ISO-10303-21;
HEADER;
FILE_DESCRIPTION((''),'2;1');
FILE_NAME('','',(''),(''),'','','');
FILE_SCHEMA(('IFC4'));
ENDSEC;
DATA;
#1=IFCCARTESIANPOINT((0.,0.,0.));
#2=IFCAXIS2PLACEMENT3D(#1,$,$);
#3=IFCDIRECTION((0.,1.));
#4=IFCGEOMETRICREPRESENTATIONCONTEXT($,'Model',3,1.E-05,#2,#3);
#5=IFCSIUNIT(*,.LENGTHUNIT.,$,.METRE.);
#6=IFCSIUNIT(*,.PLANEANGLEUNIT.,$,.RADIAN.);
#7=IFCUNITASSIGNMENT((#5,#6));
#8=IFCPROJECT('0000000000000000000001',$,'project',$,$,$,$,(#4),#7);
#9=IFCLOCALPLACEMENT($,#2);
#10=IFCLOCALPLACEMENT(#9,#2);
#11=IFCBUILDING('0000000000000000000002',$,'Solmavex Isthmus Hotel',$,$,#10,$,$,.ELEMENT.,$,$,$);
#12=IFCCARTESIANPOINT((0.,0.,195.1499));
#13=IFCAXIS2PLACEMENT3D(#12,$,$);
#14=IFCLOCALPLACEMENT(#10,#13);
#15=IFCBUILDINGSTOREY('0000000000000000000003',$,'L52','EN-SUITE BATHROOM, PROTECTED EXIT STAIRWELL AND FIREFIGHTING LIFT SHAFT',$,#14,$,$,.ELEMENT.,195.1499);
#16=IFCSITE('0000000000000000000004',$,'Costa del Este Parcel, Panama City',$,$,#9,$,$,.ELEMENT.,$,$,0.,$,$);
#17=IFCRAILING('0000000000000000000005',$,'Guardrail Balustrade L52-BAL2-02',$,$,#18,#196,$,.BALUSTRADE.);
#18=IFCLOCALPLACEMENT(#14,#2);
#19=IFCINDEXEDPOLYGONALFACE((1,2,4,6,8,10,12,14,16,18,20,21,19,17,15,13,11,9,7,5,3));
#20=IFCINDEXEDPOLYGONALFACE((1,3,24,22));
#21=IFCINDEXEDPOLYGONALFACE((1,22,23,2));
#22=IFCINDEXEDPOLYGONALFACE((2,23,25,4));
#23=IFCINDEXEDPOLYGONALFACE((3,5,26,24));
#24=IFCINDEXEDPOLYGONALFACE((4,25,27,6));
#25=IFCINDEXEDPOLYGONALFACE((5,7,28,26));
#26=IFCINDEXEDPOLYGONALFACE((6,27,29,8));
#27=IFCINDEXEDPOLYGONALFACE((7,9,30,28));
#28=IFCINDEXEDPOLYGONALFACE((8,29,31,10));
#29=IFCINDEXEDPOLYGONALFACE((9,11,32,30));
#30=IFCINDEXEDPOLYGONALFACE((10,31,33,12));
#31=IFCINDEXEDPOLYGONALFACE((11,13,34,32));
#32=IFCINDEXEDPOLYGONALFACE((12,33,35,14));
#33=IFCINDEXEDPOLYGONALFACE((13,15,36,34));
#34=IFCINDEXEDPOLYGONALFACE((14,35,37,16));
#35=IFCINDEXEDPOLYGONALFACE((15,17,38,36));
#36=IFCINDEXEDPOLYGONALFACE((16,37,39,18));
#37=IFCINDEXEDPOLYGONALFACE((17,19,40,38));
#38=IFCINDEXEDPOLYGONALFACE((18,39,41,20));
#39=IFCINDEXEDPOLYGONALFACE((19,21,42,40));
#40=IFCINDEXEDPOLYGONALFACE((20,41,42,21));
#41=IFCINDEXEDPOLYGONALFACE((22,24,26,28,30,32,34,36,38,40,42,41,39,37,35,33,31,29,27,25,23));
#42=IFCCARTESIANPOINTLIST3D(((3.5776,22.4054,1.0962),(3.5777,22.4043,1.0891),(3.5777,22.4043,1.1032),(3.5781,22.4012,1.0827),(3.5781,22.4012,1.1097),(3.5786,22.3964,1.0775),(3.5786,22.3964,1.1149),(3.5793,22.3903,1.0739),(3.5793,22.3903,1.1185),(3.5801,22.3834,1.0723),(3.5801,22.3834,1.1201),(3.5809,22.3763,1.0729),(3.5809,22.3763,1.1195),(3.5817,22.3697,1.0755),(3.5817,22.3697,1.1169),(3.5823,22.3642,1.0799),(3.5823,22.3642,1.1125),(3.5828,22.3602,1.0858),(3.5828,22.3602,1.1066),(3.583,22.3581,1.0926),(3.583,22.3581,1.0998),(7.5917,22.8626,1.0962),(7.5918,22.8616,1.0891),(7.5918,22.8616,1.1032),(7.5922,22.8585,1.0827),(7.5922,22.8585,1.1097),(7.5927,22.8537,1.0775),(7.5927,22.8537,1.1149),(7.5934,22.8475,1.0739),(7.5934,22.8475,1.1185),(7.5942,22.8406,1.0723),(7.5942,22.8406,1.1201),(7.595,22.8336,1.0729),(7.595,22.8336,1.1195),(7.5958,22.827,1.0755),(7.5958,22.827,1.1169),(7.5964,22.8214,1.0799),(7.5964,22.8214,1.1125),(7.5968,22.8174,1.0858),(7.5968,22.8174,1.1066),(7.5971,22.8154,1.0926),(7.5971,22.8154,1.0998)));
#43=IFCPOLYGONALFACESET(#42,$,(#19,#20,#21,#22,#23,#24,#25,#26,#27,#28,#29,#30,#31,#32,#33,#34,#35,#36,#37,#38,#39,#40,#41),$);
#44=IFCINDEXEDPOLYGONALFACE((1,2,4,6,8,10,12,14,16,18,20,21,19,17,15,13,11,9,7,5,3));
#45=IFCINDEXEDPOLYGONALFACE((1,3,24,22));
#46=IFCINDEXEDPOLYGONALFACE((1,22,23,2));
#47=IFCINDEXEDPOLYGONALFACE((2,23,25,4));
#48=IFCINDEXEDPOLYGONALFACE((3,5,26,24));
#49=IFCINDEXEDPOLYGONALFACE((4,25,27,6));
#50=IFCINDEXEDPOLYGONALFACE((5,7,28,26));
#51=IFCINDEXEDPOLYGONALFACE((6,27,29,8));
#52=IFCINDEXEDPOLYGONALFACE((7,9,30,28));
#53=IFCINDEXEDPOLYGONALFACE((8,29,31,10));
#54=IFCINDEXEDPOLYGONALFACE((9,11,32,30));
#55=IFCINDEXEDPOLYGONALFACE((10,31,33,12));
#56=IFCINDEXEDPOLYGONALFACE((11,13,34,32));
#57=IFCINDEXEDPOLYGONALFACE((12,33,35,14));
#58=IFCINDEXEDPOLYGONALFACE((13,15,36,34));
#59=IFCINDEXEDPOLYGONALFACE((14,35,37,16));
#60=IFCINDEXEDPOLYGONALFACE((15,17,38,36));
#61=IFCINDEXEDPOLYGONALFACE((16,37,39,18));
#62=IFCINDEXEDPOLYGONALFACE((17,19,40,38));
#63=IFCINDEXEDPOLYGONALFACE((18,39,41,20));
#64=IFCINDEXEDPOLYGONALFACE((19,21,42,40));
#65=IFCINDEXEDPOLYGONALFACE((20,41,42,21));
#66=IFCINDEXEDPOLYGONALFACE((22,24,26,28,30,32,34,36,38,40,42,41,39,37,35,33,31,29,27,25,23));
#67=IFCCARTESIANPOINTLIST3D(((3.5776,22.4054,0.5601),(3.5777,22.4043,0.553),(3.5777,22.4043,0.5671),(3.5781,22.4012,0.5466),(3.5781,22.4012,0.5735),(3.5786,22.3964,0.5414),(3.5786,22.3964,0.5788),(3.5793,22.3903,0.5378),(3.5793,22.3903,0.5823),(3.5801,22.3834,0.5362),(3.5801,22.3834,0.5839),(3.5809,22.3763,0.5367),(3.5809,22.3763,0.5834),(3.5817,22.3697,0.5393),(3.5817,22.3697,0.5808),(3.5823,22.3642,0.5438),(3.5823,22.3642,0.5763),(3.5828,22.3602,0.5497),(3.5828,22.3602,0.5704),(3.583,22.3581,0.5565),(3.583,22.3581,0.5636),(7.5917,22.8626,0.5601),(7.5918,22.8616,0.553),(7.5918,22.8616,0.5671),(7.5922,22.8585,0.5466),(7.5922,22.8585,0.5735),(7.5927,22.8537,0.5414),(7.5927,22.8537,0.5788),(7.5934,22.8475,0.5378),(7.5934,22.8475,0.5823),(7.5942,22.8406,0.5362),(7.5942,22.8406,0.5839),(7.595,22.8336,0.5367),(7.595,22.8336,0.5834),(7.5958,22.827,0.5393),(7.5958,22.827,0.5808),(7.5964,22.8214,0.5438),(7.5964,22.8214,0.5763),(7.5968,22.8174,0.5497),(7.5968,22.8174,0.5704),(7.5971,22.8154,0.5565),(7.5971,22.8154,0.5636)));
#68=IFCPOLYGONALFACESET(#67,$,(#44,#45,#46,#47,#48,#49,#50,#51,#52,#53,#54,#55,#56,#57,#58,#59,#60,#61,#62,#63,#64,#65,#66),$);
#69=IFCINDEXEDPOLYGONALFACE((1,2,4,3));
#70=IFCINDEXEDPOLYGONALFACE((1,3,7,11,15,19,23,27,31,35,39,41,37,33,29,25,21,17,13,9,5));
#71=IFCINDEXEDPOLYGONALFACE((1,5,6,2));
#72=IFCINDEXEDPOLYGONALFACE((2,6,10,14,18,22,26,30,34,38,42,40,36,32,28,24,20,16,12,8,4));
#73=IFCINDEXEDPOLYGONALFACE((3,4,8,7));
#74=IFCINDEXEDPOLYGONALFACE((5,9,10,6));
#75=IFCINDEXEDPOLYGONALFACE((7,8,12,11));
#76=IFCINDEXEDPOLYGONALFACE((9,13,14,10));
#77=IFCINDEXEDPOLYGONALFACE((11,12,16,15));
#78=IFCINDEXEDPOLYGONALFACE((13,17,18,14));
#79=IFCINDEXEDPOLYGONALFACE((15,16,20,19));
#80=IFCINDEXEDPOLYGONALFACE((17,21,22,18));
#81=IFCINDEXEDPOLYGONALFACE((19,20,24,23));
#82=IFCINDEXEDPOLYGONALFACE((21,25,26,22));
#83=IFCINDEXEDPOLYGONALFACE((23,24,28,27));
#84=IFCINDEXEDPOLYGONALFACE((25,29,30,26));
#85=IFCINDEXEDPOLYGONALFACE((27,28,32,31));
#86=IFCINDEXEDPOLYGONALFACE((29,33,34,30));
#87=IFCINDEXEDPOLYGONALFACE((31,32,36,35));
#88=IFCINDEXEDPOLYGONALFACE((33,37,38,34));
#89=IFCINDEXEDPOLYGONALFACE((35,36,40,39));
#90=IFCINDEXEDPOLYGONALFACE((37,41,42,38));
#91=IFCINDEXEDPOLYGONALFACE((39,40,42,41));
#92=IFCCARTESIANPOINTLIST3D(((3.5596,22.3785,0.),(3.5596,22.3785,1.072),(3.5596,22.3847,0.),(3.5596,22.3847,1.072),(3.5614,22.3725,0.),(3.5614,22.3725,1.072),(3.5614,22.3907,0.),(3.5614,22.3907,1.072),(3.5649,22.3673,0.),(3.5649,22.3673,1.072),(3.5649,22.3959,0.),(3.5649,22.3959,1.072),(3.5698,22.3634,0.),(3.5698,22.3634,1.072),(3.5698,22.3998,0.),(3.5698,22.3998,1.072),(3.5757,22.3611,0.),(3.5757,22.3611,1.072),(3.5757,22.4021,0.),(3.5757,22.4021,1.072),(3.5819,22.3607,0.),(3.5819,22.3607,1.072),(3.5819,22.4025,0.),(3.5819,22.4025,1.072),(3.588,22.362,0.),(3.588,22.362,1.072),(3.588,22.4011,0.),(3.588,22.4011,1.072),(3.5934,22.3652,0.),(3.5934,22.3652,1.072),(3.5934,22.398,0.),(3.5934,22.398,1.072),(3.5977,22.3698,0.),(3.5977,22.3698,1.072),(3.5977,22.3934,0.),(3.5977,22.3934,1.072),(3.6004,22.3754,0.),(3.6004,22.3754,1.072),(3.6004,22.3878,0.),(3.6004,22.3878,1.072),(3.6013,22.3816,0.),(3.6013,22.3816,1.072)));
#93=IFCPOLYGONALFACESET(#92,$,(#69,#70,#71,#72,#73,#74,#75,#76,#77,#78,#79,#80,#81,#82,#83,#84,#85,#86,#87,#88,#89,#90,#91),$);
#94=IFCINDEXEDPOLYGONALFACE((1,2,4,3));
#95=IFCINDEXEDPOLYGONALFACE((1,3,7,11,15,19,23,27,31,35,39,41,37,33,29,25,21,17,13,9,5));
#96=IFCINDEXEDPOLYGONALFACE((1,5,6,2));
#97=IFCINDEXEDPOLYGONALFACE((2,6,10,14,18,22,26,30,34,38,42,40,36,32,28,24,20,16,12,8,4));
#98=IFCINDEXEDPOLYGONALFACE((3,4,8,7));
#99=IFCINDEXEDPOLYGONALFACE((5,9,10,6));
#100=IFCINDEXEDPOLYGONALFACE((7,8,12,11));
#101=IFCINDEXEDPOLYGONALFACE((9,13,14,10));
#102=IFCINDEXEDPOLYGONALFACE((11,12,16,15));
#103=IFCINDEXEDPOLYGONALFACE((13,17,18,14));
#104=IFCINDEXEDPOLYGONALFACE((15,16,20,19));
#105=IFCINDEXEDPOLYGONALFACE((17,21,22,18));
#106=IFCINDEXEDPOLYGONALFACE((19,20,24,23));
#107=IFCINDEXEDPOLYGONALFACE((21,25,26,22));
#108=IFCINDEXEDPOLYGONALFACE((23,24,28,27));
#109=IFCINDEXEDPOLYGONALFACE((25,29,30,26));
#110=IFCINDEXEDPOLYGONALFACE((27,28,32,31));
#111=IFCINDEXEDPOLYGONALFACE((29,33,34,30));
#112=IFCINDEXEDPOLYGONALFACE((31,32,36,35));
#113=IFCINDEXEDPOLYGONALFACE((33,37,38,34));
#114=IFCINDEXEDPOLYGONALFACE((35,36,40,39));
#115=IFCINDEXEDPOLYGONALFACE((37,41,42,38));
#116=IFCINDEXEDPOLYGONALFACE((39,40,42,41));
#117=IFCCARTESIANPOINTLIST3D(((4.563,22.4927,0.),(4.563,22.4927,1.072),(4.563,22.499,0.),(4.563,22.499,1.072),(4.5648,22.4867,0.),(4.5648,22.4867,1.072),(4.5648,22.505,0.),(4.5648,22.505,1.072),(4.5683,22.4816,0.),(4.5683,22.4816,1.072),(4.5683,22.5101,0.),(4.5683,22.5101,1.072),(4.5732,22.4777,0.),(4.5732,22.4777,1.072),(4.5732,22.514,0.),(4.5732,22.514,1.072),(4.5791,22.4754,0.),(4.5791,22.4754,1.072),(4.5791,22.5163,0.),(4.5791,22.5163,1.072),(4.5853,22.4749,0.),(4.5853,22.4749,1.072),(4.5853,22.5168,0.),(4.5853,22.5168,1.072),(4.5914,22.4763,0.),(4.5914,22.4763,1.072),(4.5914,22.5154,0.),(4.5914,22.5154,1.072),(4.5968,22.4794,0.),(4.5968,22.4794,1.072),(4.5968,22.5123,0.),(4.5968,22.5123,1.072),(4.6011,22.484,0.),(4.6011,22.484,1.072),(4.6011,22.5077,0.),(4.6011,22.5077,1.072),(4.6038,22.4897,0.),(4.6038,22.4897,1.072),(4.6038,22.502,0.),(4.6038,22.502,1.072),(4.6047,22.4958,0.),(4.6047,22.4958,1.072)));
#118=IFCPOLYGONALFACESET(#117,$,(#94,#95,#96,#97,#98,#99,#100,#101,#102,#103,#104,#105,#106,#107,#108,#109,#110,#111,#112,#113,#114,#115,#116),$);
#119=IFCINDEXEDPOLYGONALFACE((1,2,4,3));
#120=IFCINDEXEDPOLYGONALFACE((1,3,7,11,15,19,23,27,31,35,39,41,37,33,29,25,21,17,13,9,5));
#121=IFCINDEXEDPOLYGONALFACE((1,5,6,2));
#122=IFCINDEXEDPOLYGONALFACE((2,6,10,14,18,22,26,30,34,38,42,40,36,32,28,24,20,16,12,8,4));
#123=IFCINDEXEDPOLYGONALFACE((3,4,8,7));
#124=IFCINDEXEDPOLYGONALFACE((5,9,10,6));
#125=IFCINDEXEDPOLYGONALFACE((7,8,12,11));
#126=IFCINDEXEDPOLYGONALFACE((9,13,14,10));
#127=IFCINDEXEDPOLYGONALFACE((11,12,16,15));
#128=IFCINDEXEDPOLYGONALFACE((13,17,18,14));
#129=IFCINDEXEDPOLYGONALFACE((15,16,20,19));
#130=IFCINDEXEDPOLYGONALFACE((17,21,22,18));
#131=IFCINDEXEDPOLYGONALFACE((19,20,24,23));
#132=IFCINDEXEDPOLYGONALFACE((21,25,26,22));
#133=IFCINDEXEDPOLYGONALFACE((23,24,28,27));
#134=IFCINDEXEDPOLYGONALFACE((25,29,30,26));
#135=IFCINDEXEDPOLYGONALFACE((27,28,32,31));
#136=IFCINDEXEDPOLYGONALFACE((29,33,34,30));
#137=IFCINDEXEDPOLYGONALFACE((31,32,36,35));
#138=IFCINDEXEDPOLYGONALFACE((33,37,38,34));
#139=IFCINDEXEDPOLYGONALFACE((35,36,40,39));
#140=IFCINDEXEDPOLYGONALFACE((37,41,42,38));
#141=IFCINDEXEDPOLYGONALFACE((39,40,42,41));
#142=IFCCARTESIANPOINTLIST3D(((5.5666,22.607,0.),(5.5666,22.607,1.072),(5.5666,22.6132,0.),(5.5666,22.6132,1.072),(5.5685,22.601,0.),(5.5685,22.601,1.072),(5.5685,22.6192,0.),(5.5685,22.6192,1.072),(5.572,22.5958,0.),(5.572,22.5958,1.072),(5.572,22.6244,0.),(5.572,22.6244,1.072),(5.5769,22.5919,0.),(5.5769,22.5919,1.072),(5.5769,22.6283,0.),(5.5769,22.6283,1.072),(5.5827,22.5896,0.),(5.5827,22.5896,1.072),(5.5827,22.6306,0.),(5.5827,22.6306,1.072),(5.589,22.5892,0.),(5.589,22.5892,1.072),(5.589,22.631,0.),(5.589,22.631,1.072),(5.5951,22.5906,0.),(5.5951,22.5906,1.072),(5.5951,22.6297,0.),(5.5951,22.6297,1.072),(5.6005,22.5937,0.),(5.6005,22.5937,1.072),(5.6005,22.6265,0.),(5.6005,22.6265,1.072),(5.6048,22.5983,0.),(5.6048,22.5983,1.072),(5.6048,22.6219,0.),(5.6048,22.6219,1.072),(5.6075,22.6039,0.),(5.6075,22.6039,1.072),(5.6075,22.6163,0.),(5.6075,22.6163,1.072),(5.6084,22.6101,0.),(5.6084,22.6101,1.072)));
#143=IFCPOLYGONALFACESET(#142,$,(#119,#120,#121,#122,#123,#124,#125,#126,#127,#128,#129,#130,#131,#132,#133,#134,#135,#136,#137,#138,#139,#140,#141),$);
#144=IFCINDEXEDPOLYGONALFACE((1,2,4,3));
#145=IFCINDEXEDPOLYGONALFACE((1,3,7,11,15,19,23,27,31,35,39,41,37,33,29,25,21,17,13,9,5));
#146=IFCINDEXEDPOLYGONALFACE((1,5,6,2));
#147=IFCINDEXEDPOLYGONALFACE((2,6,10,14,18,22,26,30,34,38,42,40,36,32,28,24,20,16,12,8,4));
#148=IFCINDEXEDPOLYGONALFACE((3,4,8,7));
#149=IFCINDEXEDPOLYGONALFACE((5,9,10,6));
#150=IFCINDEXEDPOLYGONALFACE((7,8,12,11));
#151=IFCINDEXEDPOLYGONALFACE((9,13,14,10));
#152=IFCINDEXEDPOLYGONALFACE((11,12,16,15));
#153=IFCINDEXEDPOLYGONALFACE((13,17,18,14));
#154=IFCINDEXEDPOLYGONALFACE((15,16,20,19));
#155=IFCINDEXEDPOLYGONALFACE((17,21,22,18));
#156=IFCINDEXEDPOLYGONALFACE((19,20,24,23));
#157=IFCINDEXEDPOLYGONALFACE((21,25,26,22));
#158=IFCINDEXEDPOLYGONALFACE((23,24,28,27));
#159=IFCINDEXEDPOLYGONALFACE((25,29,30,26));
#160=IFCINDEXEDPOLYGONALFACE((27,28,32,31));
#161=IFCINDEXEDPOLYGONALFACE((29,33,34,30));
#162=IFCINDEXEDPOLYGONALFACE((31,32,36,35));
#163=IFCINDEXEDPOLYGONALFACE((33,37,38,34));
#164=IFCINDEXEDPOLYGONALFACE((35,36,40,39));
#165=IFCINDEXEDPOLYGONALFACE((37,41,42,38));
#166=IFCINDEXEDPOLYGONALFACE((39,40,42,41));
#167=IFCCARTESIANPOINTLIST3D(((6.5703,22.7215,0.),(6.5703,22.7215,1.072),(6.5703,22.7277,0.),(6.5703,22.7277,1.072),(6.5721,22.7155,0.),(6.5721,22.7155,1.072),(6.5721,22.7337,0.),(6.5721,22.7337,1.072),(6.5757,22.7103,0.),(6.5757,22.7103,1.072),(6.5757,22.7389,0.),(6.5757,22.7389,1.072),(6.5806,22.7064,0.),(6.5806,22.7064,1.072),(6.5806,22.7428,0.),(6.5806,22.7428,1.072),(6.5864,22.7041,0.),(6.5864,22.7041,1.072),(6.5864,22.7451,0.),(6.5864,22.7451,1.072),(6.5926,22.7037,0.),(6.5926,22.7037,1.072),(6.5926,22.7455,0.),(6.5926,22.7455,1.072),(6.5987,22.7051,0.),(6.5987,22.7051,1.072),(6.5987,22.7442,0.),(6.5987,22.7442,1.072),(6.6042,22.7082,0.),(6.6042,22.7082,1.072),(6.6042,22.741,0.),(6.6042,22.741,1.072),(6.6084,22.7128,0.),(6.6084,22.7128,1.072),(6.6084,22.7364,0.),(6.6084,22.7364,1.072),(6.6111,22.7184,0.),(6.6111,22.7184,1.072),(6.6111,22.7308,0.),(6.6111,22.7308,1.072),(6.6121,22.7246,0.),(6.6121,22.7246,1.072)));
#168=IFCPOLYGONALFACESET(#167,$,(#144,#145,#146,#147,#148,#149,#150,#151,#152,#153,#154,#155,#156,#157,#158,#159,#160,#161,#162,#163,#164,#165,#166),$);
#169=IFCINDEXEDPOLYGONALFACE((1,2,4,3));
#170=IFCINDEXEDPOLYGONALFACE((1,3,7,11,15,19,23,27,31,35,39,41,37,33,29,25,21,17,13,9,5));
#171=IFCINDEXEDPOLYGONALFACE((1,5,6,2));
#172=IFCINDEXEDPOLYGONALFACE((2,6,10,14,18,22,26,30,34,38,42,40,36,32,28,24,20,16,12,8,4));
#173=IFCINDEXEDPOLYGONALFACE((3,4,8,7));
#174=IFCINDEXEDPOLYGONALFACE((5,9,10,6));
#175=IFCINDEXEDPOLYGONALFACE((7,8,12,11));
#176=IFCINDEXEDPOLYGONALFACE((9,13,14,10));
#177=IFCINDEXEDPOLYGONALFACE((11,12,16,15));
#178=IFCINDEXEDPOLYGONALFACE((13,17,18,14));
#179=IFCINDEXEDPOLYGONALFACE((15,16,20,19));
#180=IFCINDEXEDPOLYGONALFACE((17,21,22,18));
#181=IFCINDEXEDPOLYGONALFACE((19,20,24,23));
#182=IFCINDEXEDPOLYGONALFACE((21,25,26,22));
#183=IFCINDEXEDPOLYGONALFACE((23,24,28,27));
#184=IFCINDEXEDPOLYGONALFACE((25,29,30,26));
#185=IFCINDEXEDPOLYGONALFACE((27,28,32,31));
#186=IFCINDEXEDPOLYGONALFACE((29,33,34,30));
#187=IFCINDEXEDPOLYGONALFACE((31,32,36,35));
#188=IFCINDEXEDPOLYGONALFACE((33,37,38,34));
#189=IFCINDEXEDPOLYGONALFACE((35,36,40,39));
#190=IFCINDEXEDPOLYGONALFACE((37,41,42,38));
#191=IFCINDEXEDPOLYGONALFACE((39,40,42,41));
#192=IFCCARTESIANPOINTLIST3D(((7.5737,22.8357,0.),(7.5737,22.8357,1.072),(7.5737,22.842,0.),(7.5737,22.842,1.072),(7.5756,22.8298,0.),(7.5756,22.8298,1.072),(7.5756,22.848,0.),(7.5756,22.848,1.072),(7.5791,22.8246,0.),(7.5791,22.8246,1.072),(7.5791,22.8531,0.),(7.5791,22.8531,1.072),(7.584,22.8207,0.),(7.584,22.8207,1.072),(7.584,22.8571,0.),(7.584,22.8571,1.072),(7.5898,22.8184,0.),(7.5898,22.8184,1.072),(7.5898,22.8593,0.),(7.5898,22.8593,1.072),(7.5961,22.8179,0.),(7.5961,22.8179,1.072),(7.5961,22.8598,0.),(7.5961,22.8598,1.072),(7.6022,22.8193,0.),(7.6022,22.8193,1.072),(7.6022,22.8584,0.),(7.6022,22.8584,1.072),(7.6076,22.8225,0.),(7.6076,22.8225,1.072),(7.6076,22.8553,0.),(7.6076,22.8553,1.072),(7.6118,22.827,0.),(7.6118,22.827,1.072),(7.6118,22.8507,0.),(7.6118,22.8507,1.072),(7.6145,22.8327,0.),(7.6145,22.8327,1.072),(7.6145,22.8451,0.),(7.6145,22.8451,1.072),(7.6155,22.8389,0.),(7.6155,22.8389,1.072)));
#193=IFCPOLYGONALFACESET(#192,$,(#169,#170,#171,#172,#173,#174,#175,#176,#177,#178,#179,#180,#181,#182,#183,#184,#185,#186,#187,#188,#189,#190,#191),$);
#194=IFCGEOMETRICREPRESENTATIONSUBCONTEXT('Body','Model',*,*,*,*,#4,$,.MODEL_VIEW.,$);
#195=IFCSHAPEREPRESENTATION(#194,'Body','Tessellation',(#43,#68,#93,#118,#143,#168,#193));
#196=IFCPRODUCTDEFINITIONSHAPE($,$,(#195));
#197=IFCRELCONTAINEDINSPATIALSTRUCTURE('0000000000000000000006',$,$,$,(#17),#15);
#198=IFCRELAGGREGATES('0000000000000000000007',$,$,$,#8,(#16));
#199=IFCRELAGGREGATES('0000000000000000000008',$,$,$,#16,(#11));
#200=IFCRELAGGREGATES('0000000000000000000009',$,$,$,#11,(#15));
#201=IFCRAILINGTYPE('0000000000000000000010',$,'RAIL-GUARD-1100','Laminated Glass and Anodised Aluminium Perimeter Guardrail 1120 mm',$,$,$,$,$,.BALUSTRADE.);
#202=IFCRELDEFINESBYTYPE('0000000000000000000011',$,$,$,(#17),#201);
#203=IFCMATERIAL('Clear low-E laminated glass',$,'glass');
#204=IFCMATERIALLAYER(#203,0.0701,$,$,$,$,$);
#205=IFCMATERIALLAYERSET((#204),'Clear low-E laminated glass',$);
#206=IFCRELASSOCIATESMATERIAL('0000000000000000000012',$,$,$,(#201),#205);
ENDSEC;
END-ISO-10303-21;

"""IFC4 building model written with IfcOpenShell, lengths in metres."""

from ifc_helpers import new_model, si_unit, direction, frame, origin, origin_2d, place, context, subcontext, project, spatial, circle, extrude, material, layer, layer_set, type_object, element, save


model = new_model("IFC4")

# Units and contexts
model_context = context("Model", 3, precision=1e-05, world=origin(), true_north=direction((0.0, 1.0)))
body_context = subcontext(model_context, "Body", "Model", "MODEL_VIEW")
ifc_project = project(units=[si_unit("LENGTHUNIT", "METRE"), si_unit("PLANEANGLEUNIT", "RADIAN")], contexts=[model_context])

# Site, building, storey
site_placement = place(None, origin())
site = spatial("IfcSite", under=ifc_project, at=site_placement, Name="Costa del Este Parcel, Panama City", CompositionType="ELEMENT", RefElevation=0.0)
building_placement = place(site_placement, origin())
building = spatial("IfcBuilding", under=site, at=building_placement, Name="Solmavex Isthmus Hotel", CompositionType="ELEMENT")
storey_placement = place(building_placement, frame((0.0, 0.0, 195.1499)))
storey = spatial("IfcBuildingStorey", under=building, at=storey_placement, Name="L52", Description="EN-SUITE BATHROOM, PROTECTED EXIT STAIRWELL AND FIREFIGHTING LIFT SHAFT", CompositionType="ELEMENT", Elevation=195.1499)

# Shared definitions
ifc_material_1 = material(Name="Clear low-E laminated glass", Category="glass")

# Railing
ifc_layer_1 = layer(ifc_material_1, 0.0701)
ifc_layer_set_1 = layer_set([ifc_layer_1], Name="Clear low-E laminated glass")
railing_type = type_object("IfcRailingType", Name="RAIL-GUARD-1100", Description="Laminated Glass and Anodised Aluminium Perimeter Guardrail 1120 mm", PredefinedType="BALUSTRADE", material=ifc_layer_set_1)
railing_1_placement = place(storey_placement, frame((3.5803, 22.3816, 0.0)))
element("IfcRailing", 1, at=railing_1_placement, inside=storey, type_object=railing_type, Name="Guardrail Balustrade L52-BAL2-02", PredefinedType="BALUSTRADE", context=body_context, shape_type="SweptSolid", body=[
    extrude(circle(Radius=0.0239, at=origin_2d()), frame((0.0, 0.0, 1.0962), z_axis=(0.993574, 0.113184, 0.0), x_axis=(-0.113184, 0.993574, 0.0)), (0.0, 0.0, 1.0), 4.04),
    extrude(circle(Radius=0.0239, at=origin_2d()), frame((0.0, 0.0, 0.5601), z_axis=(0.993574, 0.113184, 0.0), x_axis=(-0.113184, 0.993574, 0.0)), (0.0, 0.0, 1.0), 4.04),
    extrude(circle(Radius=0.021, at=origin_2d()), origin(), (0.0, 0.0, 1.0), 1.072),
    extrude(circle(Radius=0.021, at=origin_2d()), frame((1.0034, 0.1143, 0.0)), (0.0, 0.0, 1.0), 1.072),
    extrude(circle(Radius=0.021, at=origin_2d()), frame((2.0071, 0.2285, 0.0)), (0.0, 0.0, 1.0), 1.072),
    extrude(circle(Radius=0.021, at=origin_2d()), frame((3.0107, 0.343, 0.0)), (0.0, 0.0, 1.0), 1.072),
    extrude(circle(Radius=0.021, at=origin_2d()), frame((4.0142, 0.4573, 0.0)), (0.0, 0.0, 1.0), 1.072),
])

save(model, "model.ifc")
